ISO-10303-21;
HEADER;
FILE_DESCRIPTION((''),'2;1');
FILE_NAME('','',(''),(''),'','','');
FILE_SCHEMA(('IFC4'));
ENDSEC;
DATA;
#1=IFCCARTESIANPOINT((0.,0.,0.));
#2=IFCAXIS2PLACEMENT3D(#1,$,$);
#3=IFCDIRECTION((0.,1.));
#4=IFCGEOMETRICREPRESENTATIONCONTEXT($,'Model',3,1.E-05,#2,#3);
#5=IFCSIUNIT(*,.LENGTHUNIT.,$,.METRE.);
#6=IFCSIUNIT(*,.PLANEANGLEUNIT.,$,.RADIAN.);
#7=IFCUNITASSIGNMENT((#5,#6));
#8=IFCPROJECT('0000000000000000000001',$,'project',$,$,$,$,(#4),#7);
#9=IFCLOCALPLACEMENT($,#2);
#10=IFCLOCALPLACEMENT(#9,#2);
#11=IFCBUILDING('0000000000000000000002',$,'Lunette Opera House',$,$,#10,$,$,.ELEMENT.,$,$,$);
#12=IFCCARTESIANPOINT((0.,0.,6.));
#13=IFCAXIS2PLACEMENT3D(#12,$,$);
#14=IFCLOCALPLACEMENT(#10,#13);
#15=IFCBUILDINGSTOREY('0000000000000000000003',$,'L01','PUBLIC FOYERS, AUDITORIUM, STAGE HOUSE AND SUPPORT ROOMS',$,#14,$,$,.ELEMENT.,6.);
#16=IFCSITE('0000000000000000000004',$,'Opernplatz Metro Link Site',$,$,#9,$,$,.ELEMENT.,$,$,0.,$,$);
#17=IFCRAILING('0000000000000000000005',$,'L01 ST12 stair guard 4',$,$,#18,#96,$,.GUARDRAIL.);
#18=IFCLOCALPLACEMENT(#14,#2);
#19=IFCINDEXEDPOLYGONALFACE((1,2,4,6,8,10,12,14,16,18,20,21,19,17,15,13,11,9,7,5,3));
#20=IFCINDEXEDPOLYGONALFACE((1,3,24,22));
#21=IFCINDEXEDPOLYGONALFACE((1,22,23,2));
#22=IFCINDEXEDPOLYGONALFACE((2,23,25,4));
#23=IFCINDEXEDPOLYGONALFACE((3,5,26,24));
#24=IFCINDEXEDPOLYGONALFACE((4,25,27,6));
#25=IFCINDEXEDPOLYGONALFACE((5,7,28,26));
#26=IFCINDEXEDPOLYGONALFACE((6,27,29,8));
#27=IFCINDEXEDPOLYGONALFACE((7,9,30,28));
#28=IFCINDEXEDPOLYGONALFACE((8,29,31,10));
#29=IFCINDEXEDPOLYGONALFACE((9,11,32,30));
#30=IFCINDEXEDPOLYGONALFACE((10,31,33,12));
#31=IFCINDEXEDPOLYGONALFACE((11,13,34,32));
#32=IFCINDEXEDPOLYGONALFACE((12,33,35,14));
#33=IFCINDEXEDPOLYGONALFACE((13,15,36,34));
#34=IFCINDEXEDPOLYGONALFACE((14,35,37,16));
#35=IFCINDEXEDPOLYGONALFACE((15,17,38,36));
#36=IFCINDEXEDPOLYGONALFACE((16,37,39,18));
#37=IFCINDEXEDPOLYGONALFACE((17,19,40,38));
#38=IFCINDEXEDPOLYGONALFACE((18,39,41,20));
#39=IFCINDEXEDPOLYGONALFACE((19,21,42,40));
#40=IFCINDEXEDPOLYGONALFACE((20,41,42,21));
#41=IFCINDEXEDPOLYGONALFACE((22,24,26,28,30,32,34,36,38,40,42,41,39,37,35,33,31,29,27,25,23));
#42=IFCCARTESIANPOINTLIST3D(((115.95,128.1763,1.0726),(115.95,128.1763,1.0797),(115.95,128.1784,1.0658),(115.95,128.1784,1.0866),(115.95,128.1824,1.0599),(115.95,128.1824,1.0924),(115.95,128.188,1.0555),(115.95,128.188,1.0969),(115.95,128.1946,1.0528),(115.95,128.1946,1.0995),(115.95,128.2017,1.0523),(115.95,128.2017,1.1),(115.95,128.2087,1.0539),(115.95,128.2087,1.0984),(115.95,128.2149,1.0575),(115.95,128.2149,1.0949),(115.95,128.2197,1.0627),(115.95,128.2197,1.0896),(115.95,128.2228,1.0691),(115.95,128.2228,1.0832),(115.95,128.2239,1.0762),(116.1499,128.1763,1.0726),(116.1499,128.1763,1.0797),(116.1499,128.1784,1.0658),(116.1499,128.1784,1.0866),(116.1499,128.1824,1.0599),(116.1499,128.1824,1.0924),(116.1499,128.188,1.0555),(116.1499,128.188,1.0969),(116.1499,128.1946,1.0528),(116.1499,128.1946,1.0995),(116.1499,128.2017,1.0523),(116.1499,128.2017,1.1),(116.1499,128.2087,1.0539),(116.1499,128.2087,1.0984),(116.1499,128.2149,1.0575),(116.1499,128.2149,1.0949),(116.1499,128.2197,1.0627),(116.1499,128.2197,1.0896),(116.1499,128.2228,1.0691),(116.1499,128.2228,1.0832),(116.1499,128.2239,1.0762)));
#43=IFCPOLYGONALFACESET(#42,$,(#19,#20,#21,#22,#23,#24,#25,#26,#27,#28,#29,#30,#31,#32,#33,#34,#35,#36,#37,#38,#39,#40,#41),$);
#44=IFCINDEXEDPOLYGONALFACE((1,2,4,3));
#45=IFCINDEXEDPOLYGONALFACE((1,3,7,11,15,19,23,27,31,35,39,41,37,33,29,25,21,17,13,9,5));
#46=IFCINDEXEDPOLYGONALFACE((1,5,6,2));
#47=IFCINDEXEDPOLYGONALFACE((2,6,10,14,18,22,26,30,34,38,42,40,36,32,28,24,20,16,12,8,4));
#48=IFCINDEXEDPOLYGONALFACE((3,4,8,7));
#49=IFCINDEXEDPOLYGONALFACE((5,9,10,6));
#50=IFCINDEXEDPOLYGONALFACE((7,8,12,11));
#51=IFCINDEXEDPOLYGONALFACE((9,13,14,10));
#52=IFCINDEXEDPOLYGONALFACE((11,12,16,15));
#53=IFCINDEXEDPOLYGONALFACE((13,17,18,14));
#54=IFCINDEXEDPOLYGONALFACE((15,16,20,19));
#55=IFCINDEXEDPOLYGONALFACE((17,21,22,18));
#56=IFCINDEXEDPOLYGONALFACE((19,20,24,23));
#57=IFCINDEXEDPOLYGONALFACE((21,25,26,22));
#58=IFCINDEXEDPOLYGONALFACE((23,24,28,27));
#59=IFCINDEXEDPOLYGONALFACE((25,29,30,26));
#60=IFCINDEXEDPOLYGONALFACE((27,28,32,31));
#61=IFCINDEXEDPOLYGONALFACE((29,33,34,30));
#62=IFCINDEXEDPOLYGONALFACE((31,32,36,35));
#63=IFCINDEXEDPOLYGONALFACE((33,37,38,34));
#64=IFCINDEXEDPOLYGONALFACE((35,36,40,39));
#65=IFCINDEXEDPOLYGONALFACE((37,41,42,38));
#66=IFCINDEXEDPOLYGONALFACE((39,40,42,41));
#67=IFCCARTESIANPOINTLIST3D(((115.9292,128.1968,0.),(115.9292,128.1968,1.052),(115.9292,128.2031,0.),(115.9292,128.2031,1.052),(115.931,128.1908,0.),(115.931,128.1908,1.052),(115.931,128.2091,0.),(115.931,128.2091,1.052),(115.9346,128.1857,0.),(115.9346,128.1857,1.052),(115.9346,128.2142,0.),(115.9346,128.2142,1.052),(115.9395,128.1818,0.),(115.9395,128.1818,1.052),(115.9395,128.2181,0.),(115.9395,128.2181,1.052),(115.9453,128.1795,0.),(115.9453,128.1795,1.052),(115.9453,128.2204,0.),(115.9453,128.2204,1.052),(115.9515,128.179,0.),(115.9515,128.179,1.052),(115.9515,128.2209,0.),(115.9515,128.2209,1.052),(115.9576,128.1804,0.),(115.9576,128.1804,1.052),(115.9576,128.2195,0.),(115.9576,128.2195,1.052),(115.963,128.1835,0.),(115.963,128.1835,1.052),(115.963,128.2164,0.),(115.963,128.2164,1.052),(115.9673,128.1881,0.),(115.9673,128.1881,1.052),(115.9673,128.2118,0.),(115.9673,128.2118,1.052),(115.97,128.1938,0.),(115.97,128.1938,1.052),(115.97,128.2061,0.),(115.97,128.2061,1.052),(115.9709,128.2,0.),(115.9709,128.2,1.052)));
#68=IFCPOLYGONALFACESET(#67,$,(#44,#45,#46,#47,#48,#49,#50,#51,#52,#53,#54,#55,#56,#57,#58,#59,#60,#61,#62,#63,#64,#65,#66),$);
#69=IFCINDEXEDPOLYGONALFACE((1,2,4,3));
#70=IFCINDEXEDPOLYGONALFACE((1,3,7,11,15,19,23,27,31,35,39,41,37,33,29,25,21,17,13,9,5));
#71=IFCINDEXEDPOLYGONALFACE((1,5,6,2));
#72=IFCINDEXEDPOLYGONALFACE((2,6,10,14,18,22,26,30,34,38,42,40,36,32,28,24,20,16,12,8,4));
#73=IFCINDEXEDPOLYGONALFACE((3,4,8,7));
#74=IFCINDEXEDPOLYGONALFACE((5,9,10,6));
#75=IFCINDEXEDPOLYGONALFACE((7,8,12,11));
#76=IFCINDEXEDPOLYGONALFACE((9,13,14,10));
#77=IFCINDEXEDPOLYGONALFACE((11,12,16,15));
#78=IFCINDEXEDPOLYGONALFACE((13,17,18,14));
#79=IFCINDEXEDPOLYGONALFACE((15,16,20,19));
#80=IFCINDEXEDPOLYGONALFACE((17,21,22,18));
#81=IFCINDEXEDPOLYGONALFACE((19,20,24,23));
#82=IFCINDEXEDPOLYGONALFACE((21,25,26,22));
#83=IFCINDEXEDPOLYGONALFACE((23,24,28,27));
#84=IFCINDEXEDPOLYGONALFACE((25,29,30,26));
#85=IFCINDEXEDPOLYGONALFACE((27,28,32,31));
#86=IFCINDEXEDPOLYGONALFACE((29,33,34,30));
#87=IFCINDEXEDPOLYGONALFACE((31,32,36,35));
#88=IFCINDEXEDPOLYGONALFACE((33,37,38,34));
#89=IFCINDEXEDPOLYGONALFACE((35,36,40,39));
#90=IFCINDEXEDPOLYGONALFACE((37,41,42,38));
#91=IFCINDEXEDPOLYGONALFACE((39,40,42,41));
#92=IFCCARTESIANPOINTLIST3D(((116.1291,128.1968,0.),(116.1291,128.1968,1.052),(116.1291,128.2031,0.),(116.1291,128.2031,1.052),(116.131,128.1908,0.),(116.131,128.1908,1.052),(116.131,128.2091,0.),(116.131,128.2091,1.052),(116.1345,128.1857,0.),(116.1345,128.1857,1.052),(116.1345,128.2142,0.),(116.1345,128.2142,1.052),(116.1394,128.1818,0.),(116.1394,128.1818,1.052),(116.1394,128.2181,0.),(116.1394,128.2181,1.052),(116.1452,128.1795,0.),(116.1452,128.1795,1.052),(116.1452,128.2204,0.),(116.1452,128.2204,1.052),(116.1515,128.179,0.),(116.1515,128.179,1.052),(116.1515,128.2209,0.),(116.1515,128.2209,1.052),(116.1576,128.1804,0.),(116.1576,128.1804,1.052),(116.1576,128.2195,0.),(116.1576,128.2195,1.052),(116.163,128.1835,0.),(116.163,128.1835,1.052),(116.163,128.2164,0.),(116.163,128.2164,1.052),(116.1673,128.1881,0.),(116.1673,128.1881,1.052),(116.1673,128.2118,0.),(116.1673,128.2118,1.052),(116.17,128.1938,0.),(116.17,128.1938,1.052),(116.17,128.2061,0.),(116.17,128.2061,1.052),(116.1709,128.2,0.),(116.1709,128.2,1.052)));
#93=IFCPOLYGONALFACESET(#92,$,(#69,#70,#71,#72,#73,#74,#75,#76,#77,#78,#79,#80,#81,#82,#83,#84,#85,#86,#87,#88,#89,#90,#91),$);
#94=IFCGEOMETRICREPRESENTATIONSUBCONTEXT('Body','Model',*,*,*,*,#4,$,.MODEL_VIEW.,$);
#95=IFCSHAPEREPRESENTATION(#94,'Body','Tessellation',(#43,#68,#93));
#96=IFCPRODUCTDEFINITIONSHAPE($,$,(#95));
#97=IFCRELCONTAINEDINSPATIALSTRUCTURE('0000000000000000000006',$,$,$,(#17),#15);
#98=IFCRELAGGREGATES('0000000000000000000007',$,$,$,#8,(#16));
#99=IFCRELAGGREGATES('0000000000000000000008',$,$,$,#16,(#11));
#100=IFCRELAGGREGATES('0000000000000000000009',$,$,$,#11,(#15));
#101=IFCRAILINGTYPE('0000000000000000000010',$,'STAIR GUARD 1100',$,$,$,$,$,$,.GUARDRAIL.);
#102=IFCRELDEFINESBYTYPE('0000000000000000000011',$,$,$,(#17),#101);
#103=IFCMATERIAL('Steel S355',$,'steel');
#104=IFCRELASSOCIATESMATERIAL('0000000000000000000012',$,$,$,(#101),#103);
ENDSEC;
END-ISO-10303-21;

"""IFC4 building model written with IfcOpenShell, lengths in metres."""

from ifc_helpers import new_model, si_unit, direction, frame, origin, origin_2d, place, context, subcontext, project, spatial, circle, extrude, material, type_object, element, save


model = new_model("IFC4")

# Units and contexts
model_context = context("Model", 3, precision=1e-05, world=origin(), true_north=direction((0.0, 1.0)))
body_context = subcontext(model_context, "Body", "Model", "MODEL_VIEW")
ifc_project = project(units=[si_unit("LENGTHUNIT", "METRE"), si_unit("PLANEANGLEUNIT", "RADIAN")], contexts=[model_context])

# Site, building, storey
site_placement = place(None, origin())
site = spatial("IfcSite", under=ifc_project, at=site_placement, Name="Opernplatz Metro Link Site", CompositionType="ELEMENT", RefElevation=0.0)
building_placement = place(site_placement, origin())
building = spatial("IfcBuilding", under=site, at=building_placement, Name="Lunette Opera House", CompositionType="ELEMENT")
storey_placement = place(building_placement, frame((0.0, 0.0, 6.0)))
storey = spatial("IfcBuildingStorey", under=building, at=storey_placement, Name="L01", Description="PUBLIC FOYERS, AUDITORIUM, STAGE HOUSE AND SUPPORT ROOMS", CompositionType="ELEMENT", Elevation=6.0)

# Railing
ifc_material_1 = material(Name="Steel S355", Category="steel")
railing_type_1 = type_object("IfcRailingType", Name="STAIR GUARD 1100", PredefinedType="GUARDRAIL", material=ifc_material_1)
railing_1_placement = place(storey_placement, frame((115.95, 128.2, 0.0)))
element("IfcRailing", 1, at=railing_1_placement, inside=storey, type_object=railing_type_1, Name="L01 ST12 stair guard 4", PredefinedType="GUARDRAIL", context=body_context, shape_type="SweptSolid", body=[
    extrude(circle(Radius=0.0239, at=origin_2d()), frame((0.0, 0.0, 1.0762), z_axis=(1.0, 0.0, 0.0), x_axis=(0.0, 1.0, 0.0)), (0.0, 0.0, 1.0), 0.2),
    extrude(circle(Radius=0.021, at=origin_2d()), origin(), (0.0, 0.0, 1.0), 1.052),
    extrude(circle(Radius=0.021, at=origin_2d()), frame((0.2, 0.0, 0.0)), (0.0, 0.0, 1.0), 1.052),
])

save(model, "model.ifc")
